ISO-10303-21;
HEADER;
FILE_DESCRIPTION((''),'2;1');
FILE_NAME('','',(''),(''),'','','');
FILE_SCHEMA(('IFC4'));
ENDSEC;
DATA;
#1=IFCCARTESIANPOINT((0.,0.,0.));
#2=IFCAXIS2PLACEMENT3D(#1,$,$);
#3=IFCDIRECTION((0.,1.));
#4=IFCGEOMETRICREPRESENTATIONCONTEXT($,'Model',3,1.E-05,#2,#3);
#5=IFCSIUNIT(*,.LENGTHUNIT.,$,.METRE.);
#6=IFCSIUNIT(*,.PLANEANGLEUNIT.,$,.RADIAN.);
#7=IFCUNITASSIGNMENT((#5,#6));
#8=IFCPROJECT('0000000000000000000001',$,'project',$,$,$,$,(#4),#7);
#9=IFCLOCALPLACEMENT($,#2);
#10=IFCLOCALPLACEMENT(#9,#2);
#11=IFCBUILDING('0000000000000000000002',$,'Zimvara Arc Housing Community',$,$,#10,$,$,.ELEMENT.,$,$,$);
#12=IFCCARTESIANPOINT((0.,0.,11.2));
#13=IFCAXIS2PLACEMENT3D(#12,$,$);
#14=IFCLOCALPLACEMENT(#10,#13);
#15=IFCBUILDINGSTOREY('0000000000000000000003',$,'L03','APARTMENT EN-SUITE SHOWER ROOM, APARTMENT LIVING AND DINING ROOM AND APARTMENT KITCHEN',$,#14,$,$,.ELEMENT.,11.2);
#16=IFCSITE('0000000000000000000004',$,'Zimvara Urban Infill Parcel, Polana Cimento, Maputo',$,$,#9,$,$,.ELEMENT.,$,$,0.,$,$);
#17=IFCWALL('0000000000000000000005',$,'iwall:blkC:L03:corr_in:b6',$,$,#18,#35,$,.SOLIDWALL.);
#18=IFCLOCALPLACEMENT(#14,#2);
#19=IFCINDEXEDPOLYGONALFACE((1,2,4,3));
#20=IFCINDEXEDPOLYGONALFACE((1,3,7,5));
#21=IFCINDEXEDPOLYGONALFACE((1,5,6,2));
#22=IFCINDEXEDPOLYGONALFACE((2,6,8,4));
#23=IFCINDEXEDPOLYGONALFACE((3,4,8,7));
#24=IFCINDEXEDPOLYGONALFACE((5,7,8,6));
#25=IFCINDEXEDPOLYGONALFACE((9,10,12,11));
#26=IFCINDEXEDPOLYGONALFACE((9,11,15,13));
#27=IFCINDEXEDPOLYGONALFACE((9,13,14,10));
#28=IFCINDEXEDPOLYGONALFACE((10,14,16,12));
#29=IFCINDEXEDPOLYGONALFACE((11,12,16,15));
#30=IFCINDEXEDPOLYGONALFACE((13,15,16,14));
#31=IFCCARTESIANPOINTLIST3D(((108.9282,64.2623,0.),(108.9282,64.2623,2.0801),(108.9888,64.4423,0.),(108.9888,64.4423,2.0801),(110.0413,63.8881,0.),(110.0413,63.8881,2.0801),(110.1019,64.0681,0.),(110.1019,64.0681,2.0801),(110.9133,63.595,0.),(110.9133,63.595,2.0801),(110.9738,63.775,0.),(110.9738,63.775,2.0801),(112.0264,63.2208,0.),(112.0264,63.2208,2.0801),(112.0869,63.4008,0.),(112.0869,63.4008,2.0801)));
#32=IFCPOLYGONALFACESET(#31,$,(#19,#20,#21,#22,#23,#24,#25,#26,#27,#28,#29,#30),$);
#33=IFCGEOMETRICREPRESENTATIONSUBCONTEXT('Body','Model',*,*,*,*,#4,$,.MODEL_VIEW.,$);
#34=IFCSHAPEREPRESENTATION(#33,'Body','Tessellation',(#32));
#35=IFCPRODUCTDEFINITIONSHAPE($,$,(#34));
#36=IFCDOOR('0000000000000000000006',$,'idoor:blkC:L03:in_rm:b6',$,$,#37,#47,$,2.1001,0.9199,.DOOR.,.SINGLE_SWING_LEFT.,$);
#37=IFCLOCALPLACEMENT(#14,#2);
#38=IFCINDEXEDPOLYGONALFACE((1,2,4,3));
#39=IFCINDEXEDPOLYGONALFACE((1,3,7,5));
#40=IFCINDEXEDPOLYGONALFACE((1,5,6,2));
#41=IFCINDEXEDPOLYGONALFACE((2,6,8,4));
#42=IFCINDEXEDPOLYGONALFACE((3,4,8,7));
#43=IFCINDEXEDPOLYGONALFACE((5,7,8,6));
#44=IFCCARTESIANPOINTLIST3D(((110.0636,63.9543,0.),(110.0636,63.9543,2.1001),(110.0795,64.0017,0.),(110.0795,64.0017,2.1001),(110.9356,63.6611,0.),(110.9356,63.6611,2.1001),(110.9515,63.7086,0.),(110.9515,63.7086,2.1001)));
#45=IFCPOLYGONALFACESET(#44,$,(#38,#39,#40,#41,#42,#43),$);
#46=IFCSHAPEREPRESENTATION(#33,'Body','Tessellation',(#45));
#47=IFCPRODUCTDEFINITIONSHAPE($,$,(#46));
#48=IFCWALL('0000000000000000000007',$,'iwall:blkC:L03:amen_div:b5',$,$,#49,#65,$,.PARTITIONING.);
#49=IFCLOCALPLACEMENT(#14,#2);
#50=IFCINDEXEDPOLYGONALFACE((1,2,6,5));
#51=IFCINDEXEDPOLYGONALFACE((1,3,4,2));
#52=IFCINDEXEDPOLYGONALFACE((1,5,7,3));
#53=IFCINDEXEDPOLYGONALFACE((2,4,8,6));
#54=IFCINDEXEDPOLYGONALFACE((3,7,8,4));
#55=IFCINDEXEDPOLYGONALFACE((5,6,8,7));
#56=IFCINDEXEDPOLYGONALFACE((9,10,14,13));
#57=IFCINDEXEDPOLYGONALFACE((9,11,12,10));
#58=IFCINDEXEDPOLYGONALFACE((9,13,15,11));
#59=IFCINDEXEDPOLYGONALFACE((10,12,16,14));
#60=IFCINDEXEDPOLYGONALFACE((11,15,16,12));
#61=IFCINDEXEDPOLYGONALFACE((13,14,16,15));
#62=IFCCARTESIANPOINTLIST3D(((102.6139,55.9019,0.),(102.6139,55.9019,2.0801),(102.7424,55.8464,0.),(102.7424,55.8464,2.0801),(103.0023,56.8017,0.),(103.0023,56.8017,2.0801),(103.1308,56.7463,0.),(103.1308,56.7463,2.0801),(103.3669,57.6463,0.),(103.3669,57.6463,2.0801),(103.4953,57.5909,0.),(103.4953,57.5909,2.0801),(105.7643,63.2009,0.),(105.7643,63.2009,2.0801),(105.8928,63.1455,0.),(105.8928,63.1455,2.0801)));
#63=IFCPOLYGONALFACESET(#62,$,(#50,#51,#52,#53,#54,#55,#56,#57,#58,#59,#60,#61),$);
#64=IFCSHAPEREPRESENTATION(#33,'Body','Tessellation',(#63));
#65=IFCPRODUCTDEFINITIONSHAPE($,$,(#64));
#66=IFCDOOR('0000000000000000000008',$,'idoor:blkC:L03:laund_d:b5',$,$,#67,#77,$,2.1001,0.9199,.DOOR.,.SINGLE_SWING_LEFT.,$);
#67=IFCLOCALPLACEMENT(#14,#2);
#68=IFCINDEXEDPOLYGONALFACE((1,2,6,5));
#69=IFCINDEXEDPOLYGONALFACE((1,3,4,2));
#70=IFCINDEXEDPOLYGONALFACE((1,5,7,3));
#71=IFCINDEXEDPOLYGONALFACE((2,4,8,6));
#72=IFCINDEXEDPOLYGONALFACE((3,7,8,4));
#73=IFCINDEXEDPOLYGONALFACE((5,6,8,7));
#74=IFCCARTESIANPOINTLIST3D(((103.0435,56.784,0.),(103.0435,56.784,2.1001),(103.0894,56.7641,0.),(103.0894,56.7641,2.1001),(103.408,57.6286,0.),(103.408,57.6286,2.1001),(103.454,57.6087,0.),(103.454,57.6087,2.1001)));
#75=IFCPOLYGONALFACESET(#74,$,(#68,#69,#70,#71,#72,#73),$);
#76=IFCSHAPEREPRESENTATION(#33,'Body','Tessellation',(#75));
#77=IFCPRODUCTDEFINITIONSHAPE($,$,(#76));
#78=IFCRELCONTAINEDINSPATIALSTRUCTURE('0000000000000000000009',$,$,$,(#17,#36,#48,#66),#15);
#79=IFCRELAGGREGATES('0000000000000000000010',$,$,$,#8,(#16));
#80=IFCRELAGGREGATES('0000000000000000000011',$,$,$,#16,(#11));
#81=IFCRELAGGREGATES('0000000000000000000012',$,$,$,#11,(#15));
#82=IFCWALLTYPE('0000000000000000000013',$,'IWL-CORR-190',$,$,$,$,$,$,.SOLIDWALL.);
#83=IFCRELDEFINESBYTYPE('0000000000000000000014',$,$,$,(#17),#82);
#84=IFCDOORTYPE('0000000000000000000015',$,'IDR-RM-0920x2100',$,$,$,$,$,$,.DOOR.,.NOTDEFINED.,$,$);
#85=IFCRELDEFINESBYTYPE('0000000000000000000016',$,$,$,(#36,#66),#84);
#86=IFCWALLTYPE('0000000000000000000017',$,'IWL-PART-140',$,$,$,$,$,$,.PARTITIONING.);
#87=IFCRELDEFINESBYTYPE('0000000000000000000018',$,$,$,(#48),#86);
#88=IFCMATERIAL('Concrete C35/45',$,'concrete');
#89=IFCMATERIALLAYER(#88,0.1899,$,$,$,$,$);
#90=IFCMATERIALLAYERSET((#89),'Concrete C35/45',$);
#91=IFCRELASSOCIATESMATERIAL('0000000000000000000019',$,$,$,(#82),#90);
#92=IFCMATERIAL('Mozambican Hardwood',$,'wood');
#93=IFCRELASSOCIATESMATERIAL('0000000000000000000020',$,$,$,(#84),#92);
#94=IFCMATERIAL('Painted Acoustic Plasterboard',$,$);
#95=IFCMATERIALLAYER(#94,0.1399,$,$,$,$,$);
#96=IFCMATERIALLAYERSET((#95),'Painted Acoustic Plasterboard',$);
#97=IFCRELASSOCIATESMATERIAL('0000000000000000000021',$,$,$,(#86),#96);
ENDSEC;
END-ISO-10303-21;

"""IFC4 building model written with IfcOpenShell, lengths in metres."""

from ifc_helpers import new_model, si_unit, direction, frame, frame_2d, origin, place, context, subcontext, project, spatial, rectangle, extrude, material, layer, layer_set, type_object, element, fill, save


model = new_model("IFC4")

# Units and contexts
model_context = context("Model", 3, precision=1e-05, world=origin(), true_north=direction((0.0, 1.0)))
body_context = subcontext(model_context, "Body", "Model", "MODEL_VIEW")
ifc_project = project(units=[si_unit("LENGTHUNIT", "METRE"), si_unit("PLANEANGLEUNIT", "RADIAN")], contexts=[model_context])

# Site, building, storey
site_placement = place(None, origin())
site = spatial("IfcSite", under=ifc_project, at=site_placement, Name="Zimvara Urban Infill Parcel, Polana Cimento, Maputo", CompositionType="ELEMENT", RefElevation=0.0)
building_placement = place(site_placement, origin())
building = spatial("IfcBuilding", under=site, at=building_placement, Name="Zimvara Arc Housing Community", CompositionType="ELEMENT")
storey_placement = place(building_placement, frame((0.0, 0.0, 11.2)))
storey = spatial("IfcBuildingStorey", under=building, at=storey_placement, Name="L03", Description="APARTMENT EN-SUITE SHOWER ROOM, APARTMENT LIVING AND DINING ROOM AND APARTMENT KITCHEN", CompositionType="ELEMENT", Elevation=11.2)

# Walls, openings, doors
ifc_material_1 = material(Name="Concrete C35/45", Category="concrete")
ifc_layer_1 = layer(ifc_material_1, 0.1899)
ifc_layer_set_1 = layer_set([ifc_layer_1], Name="Concrete C35/45")
wall_type_1 = type_object("IfcWallType", Name="IWL-CORR-190", PredefinedType="SOLIDWALL", material=ifc_layer_set_1)
wall_1_placement = place(storey_placement, frame((108.9585, 64.3523, 0.0), z_axis=(0.0, 0.0, 1.0), x_axis=(0.947874, -0.318647, 0.0)))
wall_1 = element("IfcWall", 1, at=wall_1_placement, inside=storey, type_object=wall_type_1, Name="iwall:blkC:L03:corr_in:b6", PredefinedType="SOLIDWALL", context=body_context, shape_type="SweptSolid", body=[
    extrude(rectangle(XDim=3.2686, YDim=0.1899, at=frame_2d((1.6343, 0.0))), origin(), (0.0, 0.0, 1.0), 2.0801),
])
opening_1_placement = place(wall_1_placement, frame((1.1743, 0.0, 0.0)))
opening_1 = element("IfcOpeningElement", 2, at=opening_1_placement, cuts=wall_1, PredefinedType="OPENING", context=body_context, shape_type="SweptSolid", body=[
    extrude(rectangle(XDim=0.9199, YDim=2.1001, at=frame_2d((0.46, 1.05))), frame((0.0, 0.105, 0.0), z_axis=(0.0, -1.0, 0.0), x_axis=(1.0, 0.0, 0.0)), (0.0, 0.0, 1.0), 0.21),
])
ifc_material_2 = material(Name="Mozambican Hardwood", Category="wood")
door_type_1 = type_object("IfcDoorType", Name="IDR-RM-0920x2100", OperationType="NOTDEFINED", PredefinedType="DOOR", material=ifc_material_2)
door_1_placement = place(opening_1_placement, origin())
door_1 = element("IfcDoor", 3, at=door_1_placement, inside=storey, type_object=door_type_1, Name="idoor:blkC:L03:in_rm:b6", OperationType="SINGLE_SWING_LEFT", OverallHeight=2.1001, OverallWidth=0.9199, PredefinedType="DOOR", context=body_context, shape_type="SweptSolid", body=[
    extrude(rectangle(XDim=0.9199, YDim=2.1001, at=frame_2d((0.46, 1.05))), frame((0.0, 0.0249, 0.0), z_axis=(0.0, -1.0, 0.0), x_axis=(1.0, 0.0, 0.0)), (0.0, 0.0, 1.0), 0.05),
])
fill(opening_1, door_1)
ifc_material_3 = material(Name="Painted Acoustic Plasterboard")
ifc_layer_2 = layer(ifc_material_3, 0.1399)
ifc_layer_set_2 = layer_set([ifc_layer_2], Name="Painted Acoustic Plasterboard")
wall_type_2 = type_object("IfcWallType", Name="IWL-PART-140", PredefinedType="PARTITIONING", material=ifc_layer_set_2)
wall_2_placement = place(storey_placement, frame((105.8286, 63.1733, 0.0), z_axis=(0.0, 0.0, 1.0), x_axis=(-0.396279, -0.91813, 0.0)))
wall_2 = element("IfcWall", 4, at=wall_2_placement, inside=storey, type_object=wall_type_2, Name="iwall:blkC:L03:amen_div:b5", PredefinedType="PARTITIONING", context=body_context, shape_type="SweptSolid", body=[
    extrude(rectangle(XDim=7.95, YDim=0.1399, at=frame_2d((3.9751, 0.0))), origin(), (0.0, 0.0, 1.0), 2.0801),
])
opening_2_placement = place(wall_2_placement, frame((6.05, 0.0, 0.0)))
opening_2 = element("IfcOpeningElement", 5, at=opening_2_placement, cuts=wall_2, PredefinedType="OPENING", context=body_context, shape_type="SweptSolid", body=[
    extrude(rectangle(XDim=0.9199, YDim=2.1001, at=frame_2d((0.46, 1.05))), frame((0.0, 0.0798, 0.0), z_axis=(0.0, -1.0, 0.0), x_axis=(1.0, 0.0, 0.0)), (0.0, 0.0, 1.0), 0.1599),
])
door_2_placement = place(opening_2_placement, origin())
door_2 = element("IfcDoor", 6, at=door_2_placement, inside=storey, type_object=door_type_1, Name="idoor:blkC:L03:laund_d:b5", OperationType="SINGLE_SWING_LEFT", OverallHeight=2.1001, OverallWidth=0.9199, PredefinedType="DOOR", context=body_context, shape_type="SweptSolid", body=[
    extrude(rectangle(XDim=0.9199, YDim=2.1001, at=frame_2d((0.46, 1.05))), frame((0.0, 0.0249, 0.0), z_axis=(0.0, -1.0, 0.0), x_axis=(1.0, 0.0, 0.0)), (0.0, 0.0, 1.0), 0.05),
])
fill(opening_2, door_2)

save(model, "model.ifc")
